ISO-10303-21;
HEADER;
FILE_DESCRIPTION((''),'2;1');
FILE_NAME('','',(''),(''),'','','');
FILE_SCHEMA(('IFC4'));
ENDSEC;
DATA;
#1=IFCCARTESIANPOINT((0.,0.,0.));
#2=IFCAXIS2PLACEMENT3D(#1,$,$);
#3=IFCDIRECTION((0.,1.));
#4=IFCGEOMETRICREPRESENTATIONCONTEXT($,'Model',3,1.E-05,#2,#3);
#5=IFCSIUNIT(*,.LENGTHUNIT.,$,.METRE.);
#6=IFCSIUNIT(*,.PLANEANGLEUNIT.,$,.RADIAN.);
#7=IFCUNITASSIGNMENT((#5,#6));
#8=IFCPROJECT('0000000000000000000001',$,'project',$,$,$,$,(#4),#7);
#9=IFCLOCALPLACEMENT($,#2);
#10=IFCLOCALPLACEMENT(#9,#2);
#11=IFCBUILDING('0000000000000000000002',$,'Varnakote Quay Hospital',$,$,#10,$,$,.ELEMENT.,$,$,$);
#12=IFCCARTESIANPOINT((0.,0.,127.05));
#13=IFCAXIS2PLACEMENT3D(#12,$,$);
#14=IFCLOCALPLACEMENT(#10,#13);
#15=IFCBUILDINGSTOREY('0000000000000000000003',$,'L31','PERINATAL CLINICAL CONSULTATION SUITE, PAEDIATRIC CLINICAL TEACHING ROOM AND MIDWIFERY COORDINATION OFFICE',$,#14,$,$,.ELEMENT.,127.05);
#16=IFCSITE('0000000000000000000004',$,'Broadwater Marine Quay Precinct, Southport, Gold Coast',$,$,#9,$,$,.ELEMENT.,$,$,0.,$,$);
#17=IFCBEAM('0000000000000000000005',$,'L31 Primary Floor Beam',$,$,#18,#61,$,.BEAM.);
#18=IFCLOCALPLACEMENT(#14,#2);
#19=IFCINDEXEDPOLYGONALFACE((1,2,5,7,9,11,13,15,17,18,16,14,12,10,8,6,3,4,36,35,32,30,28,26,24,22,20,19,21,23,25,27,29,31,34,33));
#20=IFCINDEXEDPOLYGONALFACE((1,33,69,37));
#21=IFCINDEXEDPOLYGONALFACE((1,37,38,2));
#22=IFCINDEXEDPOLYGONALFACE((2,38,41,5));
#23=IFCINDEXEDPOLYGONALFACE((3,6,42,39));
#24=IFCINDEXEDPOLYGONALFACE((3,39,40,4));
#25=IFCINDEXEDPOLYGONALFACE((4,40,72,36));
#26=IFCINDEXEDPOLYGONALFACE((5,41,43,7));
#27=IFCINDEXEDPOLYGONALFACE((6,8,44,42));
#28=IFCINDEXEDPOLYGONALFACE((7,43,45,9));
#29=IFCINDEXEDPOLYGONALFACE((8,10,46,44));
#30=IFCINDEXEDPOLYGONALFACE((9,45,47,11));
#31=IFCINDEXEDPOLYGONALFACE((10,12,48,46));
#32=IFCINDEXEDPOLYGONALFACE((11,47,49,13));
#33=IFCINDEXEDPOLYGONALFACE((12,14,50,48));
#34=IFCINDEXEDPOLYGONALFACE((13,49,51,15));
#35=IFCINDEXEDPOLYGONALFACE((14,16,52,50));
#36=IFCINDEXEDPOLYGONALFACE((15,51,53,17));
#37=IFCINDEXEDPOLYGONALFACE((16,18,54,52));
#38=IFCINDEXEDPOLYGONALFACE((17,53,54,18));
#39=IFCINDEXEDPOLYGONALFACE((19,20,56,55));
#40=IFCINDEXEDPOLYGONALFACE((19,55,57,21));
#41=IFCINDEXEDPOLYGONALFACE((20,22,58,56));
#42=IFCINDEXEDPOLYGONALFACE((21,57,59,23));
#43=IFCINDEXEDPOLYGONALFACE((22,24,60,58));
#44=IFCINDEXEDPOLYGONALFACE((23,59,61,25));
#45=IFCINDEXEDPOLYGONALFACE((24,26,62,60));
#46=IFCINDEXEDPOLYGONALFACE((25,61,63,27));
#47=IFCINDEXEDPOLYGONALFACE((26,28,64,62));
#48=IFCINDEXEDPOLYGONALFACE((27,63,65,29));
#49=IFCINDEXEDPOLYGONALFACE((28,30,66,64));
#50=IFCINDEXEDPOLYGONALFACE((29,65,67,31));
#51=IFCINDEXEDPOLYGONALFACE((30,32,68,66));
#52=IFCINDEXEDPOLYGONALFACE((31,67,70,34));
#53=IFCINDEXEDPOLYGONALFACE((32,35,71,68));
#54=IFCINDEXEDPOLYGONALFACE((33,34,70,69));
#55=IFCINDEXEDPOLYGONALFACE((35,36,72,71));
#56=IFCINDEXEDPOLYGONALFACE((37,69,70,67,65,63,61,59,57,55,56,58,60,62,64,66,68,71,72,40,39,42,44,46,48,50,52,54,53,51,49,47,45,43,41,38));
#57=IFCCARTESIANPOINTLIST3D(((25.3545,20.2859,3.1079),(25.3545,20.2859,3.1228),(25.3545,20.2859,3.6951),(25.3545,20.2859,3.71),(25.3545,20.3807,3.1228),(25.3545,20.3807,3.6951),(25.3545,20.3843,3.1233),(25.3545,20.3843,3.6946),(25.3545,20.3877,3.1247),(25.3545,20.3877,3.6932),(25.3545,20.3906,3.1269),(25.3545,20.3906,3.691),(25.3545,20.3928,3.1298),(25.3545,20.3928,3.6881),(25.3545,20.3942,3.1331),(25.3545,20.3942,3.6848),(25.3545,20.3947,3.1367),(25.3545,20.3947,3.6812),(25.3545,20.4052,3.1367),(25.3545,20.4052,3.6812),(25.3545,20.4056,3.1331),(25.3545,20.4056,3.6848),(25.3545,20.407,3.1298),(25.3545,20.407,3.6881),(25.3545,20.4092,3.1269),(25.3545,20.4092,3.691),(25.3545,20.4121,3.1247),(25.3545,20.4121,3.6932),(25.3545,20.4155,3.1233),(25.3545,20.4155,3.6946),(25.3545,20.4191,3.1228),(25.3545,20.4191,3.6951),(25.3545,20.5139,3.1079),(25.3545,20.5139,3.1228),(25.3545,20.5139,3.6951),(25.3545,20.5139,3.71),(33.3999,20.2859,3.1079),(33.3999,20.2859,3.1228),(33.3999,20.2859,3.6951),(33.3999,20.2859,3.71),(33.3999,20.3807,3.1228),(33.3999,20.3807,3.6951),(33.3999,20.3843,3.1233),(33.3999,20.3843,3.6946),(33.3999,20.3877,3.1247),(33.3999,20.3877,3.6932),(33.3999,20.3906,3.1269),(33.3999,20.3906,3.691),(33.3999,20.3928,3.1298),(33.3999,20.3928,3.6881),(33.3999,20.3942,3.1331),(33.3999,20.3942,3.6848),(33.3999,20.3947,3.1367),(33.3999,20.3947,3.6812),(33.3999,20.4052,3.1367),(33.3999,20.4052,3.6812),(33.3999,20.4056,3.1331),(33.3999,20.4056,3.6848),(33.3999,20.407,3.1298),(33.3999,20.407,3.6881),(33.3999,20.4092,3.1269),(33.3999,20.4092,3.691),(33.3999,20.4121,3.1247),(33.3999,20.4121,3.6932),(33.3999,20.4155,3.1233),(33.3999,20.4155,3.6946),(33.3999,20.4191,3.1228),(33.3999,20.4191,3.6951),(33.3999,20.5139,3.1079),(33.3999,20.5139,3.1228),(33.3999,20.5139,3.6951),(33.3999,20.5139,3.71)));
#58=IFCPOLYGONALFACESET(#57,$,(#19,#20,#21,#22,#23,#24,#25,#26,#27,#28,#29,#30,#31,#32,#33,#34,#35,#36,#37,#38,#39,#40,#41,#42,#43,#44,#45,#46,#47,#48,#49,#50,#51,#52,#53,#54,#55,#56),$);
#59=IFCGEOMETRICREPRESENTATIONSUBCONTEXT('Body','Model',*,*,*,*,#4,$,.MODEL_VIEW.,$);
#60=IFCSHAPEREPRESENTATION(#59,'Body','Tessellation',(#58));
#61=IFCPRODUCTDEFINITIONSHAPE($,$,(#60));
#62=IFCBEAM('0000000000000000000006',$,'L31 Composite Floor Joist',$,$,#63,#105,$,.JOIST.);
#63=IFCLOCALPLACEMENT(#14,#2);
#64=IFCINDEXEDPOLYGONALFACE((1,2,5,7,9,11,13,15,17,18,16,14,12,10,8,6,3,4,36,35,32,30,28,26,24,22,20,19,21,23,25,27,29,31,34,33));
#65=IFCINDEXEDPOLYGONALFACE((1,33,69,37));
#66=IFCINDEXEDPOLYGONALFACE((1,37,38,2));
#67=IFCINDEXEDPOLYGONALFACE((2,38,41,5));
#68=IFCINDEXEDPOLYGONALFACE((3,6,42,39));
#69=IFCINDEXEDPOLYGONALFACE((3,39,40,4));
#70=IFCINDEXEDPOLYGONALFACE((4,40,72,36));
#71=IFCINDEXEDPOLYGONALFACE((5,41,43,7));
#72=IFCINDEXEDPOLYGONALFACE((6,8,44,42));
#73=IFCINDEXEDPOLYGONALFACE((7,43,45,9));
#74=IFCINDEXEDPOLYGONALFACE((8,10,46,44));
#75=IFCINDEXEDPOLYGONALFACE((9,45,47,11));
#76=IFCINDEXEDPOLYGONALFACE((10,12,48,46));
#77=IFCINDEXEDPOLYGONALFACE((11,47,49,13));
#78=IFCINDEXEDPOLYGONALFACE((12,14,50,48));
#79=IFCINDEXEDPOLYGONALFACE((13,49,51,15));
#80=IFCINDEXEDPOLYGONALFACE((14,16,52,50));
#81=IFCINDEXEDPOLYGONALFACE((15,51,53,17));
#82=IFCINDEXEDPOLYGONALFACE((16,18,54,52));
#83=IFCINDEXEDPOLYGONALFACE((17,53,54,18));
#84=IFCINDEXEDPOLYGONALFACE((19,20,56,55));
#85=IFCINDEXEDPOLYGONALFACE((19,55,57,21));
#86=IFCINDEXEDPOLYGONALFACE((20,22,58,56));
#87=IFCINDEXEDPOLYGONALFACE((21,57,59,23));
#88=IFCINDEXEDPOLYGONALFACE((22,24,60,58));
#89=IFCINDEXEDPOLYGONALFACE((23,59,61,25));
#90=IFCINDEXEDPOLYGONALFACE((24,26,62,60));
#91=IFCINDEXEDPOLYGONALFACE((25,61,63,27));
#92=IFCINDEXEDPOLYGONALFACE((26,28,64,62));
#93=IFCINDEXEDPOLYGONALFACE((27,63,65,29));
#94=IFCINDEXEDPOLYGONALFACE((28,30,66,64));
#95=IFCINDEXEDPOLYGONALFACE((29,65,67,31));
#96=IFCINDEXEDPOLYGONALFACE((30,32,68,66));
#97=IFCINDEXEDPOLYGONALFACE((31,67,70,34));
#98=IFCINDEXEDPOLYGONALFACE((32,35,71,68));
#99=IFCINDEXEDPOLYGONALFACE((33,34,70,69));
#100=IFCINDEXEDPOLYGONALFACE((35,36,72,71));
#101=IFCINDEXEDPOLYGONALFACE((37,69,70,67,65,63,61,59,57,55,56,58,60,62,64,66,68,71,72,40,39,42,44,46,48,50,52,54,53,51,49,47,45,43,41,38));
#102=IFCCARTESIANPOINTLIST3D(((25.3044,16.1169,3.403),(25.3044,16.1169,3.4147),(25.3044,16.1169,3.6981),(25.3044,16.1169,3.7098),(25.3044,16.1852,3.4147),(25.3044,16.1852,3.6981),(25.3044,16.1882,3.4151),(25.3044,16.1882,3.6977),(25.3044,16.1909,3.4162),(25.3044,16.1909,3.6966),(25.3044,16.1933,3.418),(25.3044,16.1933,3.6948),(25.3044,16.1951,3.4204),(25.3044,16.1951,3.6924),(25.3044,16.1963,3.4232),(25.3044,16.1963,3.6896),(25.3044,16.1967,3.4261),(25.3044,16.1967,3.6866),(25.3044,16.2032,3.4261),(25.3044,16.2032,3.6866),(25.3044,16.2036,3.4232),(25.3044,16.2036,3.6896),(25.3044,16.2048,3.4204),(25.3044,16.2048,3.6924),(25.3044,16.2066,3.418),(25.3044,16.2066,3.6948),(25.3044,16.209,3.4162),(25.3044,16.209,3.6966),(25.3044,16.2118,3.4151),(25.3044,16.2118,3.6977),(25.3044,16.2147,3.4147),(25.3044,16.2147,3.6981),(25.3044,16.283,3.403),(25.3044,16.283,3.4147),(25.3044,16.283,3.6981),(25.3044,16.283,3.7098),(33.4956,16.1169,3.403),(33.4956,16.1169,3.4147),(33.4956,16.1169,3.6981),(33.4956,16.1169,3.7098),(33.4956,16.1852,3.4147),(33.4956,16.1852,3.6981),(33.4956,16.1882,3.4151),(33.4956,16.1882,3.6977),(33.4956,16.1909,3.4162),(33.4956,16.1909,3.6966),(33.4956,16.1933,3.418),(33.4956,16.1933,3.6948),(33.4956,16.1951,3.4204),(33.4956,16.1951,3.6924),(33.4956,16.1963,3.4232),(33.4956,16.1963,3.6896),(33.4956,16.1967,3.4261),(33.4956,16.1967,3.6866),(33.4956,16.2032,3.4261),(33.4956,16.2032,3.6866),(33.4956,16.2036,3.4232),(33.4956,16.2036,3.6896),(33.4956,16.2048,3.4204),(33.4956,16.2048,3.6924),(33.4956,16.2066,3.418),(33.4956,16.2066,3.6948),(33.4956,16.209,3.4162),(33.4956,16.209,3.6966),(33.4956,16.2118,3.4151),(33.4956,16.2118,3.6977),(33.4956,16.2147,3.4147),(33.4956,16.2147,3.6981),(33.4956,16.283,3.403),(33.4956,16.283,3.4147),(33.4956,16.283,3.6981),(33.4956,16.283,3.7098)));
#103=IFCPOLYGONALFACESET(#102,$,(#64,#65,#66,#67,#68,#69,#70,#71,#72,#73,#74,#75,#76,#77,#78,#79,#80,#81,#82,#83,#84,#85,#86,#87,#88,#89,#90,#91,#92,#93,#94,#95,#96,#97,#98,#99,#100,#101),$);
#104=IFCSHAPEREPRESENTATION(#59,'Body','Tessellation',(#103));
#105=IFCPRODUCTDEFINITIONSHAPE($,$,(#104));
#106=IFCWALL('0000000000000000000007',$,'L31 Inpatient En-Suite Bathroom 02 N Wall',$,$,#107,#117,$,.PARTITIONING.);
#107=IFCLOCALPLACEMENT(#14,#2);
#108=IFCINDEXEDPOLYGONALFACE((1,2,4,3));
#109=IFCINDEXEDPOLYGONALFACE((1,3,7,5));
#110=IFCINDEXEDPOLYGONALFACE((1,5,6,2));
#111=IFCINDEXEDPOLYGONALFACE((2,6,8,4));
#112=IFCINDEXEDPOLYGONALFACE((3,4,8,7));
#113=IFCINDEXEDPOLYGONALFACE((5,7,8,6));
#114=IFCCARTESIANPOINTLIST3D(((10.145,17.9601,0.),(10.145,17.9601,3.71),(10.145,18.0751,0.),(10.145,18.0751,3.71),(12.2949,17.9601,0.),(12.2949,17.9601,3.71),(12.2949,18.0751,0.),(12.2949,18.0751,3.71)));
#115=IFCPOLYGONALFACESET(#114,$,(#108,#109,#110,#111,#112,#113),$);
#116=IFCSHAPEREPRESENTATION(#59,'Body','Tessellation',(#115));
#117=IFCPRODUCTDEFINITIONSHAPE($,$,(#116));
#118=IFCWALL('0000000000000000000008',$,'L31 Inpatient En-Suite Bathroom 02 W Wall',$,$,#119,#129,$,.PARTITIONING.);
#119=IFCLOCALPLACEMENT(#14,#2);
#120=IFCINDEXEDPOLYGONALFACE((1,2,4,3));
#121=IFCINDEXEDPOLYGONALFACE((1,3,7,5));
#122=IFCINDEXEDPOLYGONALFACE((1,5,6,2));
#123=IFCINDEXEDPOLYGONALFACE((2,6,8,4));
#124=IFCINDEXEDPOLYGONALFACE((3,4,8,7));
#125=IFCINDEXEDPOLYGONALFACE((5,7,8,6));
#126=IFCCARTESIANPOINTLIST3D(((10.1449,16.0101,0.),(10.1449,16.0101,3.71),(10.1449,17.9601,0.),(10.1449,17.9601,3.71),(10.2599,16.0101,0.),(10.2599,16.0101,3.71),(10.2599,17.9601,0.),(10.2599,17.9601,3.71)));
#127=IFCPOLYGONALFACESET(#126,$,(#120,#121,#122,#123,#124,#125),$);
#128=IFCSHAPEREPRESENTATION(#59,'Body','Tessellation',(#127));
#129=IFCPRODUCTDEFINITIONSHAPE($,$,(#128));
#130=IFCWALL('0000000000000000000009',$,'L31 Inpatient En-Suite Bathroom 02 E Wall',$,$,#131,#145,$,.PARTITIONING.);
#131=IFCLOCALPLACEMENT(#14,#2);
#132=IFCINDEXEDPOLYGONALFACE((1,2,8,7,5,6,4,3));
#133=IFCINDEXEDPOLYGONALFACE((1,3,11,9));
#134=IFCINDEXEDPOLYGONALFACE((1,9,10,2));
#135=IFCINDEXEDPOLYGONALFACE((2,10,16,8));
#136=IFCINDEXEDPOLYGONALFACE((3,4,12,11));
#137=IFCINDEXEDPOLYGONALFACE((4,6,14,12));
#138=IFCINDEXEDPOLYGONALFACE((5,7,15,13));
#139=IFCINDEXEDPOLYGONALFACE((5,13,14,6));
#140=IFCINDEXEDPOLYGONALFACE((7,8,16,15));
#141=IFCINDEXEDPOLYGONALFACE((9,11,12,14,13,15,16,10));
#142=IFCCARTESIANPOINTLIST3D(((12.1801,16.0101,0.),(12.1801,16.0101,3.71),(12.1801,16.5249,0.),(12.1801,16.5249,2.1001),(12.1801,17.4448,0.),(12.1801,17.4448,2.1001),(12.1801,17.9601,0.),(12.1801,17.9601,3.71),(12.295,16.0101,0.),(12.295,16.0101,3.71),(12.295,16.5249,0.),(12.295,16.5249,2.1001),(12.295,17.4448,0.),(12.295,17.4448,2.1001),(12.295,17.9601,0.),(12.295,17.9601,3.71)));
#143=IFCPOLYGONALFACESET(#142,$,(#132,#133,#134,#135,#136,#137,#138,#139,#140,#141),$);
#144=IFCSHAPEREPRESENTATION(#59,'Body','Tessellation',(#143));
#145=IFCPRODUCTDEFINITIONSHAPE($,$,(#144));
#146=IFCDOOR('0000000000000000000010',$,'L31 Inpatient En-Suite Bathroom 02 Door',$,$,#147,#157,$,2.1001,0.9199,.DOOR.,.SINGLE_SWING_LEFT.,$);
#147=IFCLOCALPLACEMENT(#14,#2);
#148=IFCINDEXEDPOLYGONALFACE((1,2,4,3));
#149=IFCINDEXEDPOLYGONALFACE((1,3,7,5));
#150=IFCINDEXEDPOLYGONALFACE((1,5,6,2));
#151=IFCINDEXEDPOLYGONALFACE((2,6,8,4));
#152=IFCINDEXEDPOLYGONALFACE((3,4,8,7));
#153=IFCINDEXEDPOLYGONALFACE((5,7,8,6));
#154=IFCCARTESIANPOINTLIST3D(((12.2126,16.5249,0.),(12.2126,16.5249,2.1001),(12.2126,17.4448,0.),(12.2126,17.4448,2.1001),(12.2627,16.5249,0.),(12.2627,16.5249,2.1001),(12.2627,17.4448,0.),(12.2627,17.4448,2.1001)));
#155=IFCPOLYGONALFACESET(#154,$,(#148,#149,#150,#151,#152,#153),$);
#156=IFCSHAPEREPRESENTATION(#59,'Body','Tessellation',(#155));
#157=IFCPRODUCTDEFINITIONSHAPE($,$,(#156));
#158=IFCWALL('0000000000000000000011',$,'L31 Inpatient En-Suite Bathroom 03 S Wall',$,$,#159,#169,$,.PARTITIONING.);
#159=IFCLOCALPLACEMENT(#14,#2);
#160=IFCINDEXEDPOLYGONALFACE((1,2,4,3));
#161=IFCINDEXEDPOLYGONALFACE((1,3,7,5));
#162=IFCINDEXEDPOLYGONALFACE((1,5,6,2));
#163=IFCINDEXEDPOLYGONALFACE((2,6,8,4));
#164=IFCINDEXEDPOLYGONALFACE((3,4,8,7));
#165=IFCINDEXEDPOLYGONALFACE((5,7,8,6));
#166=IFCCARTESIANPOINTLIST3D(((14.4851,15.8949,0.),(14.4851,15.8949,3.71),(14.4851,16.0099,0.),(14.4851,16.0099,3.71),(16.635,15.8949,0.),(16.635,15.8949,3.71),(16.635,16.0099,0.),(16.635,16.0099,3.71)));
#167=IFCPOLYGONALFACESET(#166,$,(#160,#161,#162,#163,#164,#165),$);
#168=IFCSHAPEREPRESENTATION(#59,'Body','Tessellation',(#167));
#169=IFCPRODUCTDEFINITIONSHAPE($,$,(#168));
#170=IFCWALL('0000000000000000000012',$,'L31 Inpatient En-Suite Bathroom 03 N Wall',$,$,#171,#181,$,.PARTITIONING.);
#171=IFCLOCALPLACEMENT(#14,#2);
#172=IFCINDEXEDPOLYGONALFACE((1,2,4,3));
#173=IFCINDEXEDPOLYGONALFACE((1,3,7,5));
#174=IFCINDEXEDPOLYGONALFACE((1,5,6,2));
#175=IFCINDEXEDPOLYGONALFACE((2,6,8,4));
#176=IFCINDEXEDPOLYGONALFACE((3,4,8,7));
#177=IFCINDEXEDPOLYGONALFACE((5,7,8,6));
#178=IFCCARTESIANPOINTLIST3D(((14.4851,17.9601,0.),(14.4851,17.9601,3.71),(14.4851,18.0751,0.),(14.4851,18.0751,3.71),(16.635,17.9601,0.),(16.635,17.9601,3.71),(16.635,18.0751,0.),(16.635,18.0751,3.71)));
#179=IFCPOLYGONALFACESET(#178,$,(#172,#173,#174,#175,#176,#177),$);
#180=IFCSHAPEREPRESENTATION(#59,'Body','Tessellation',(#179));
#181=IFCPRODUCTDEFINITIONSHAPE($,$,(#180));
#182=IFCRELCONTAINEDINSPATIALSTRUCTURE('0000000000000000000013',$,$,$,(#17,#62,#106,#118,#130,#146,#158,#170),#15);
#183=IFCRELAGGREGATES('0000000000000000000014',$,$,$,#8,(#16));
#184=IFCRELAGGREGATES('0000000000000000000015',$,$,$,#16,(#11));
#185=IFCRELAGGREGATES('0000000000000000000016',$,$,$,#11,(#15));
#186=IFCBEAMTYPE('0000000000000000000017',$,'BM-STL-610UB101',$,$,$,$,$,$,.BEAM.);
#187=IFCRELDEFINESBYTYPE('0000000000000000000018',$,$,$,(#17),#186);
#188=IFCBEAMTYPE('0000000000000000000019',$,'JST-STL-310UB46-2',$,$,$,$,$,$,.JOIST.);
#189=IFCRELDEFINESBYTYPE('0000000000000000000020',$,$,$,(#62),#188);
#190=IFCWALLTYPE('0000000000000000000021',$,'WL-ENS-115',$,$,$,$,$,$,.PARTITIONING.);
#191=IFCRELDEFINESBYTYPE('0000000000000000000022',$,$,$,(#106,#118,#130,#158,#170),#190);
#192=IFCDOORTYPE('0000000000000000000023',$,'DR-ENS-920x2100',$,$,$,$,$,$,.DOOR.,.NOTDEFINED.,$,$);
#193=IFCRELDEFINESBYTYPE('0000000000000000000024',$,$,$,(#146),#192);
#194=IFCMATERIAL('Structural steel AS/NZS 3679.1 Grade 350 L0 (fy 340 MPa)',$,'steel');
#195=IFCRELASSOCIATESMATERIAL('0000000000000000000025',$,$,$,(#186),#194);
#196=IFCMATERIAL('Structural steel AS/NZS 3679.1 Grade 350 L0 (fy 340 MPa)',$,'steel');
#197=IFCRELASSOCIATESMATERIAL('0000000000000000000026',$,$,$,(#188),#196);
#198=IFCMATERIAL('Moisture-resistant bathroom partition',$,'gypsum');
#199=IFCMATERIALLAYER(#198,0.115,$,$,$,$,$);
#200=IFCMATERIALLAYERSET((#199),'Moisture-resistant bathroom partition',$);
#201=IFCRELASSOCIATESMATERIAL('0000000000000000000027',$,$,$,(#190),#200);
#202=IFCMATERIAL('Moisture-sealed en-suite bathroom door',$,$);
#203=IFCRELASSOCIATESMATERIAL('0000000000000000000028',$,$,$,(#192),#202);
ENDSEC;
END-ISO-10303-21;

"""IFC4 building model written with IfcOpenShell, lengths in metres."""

from ifc_helpers import new_model, si_unit, direction, frame, frame_2d, origin, origin_2d, place, context, subcontext, project, spatial, rectangle, i_section, extrude, material, layer, layer_set, material_profile, profile_set, type_object, element, fill, save


model = new_model("IFC4")

# Units and contexts
model_context = context("Model", 3, precision=1e-05, world=origin(), true_north=direction((0.0, 1.0)))
body_context = subcontext(model_context, "Body", "Model", "MODEL_VIEW")
ifc_project = project(units=[si_unit("LENGTHUNIT", "METRE"), si_unit("PLANEANGLEUNIT", "RADIAN")], contexts=[model_context])

# Site, building, storey
site_placement = place(None, origin())
site = spatial("IfcSite", under=ifc_project, at=site_placement, Name="Broadwater Marine Quay Precinct, Southport, Gold Coast", CompositionType="ELEMENT", RefElevation=0.0)
building_placement = place(site_placement, origin())
building = spatial("IfcBuilding", under=site, at=building_placement, Name="Varnakote Quay Hospital", CompositionType="ELEMENT")
storey_placement = place(building_placement, frame((0.0, 0.0, 127.05)))
storey = spatial("IfcBuildingStorey", under=building, at=storey_placement, Name="L31", Description="PERINATAL CLINICAL CONSULTATION SUITE, PAEDIATRIC CLINICAL TEACHING ROOM AND MIDWIFERY COORDINATION OFFICE", CompositionType="ELEMENT", Elevation=127.05)

# Beams
ifc_material_1 = material(Name="Structural steel AS/NZS 3679.1 Grade 350 L0 (fy 340 MPa)", Category="steel")
ifc_material_profile_1 = material_profile(ifc_material_1, i_section(OverallWidth=0.228, OverallDepth=0.6021, WebThickness=0.0105, FlangeThickness=0.0149, FilletRadius=0.0139, at=origin_2d()), Name="610UB101")
ifc_profile_set_1 = profile_set([ifc_material_profile_1], Name="Structural steel AS/NZS 3679.1 Grade 350 L0 (fy 340 MPa)")
beam_type_1 = type_object("IfcBeamType", Name="BM-STL-610UB101", PredefinedType="BEAM", material=ifc_profile_set_1)
for number, where, z_axis, x_axis, name in (
    (1, (25.3545, 20.3999, 3.4089), (1.0, 0.0, 0.0), (0.0, 1.0, 0.0), "L31 Primary Floor Beam"),
):
    element("IfcBeam", number, at=place(storey_placement, frame(where, z_axis=z_axis, x_axis=x_axis)), inside=storey, type_object=beam_type_1, Name=name, PredefinedType="BEAM", context=body_context, shape_type="SweptSolid", body=[
        extrude(i_section(OverallWidth=0.228, OverallDepth=0.6021, WebThickness=0.0105, FlangeThickness=0.0149, FilletRadius=0.0139, at=origin_2d()), origin(), (0.0, 0.0, 1.0), 8.0454),
    ])
ifc_material_2 = material(Name="Structural steel AS/NZS 3679.1 Grade 350 L0 (fy 340 MPa)", Category="steel")
ifc_material_profile_2 = material_profile(ifc_material_2, i_section(OverallWidth=0.166, OverallDepth=0.3069, WebThickness=0.0066, FlangeThickness=0.0117, FilletRadius=0.0115, at=origin_2d()), Name="310UB46.2")
ifc_profile_set_2 = profile_set([ifc_material_profile_2], Name="Structural steel AS/NZS 3679.1 Grade 350 L0 (fy 340 MPa)")
beam_type_2 = type_object("IfcBeamType", Name="JST-STL-310UB46-2", PredefinedType="JOIST", material=ifc_profile_set_2)
beam_1_placement = place(storey_placement, frame((25.3044, 16.2, 3.5564), z_axis=(1.0, 0.0, 0.0), x_axis=(0.0, 1.0, 0.0)))
element("IfcBeam", 2, at=beam_1_placement, inside=storey, type_object=beam_type_2, Name="L31 Composite Floor Joist", PredefinedType="JOIST", context=body_context, shape_type="SweptSolid", body=[
    extrude(i_section(OverallWidth=0.166, OverallDepth=0.3069, WebThickness=0.0066, FlangeThickness=0.0117, FilletRadius=0.0115, at=origin_2d()), origin(), (0.0, 0.0, 1.0), 8.1912),
])

# Walls
ifc_material_3 = material(Name="Moisture-resistant bathroom partition", Category="gypsum")
ifc_layer_1 = layer(ifc_material_3, 0.115)
ifc_layer_set_1 = layer_set([ifc_layer_1], Name="Moisture-resistant bathroom partition")
wall_type_1 = type_object("IfcWallType", Name="WL-ENS-115", PredefinedType="PARTITIONING", material=ifc_layer_set_1)
wall_1_placement = place(storey_placement, frame((10.145, 18.0176, 0.0), z_axis=(0.0, 0.0, 1.0), x_axis=(1.0, 0.0, 0.0)))
element("IfcWall", 3, at=wall_1_placement, inside=storey, type_object=wall_type_1, Name="L31 Inpatient En-Suite Bathroom 02 N Wall", PredefinedType="PARTITIONING", context=body_context, shape_type="SweptSolid", body=[
    extrude(rectangle(XDim=2.1499, YDim=0.115, at=frame_2d((1.075, 0.0))), origin(), (0.0, 0.0, 1.0), 3.71),
])
wall_2_placement = place(storey_placement, frame((10.2024, 16.01, 0.0), z_axis=(0.0, 0.0, 1.0), x_axis=(0.0, 1.0, 0.0)))
element("IfcWall", 4, at=wall_2_placement, inside=storey, type_object=wall_type_1, Name="L31 Inpatient En-Suite Bathroom 02 W Wall", PredefinedType="PARTITIONING", context=body_context, shape_type="SweptSolid", body=[
    extrude(rectangle(XDim=1.95, YDim=0.115, at=frame_2d((0.9751, 0.0))), origin(), (0.0, 0.0, 1.0), 3.71),
])

# Wall, opening, door
wall_3_placement = place(storey_placement, frame((12.2375, 16.01, 0.0), z_axis=(0.0, 0.0, 1.0), x_axis=(0.0, 1.0, 0.0)))
wall_3 = element("IfcWall", 5, at=wall_3_placement, inside=storey, type_object=wall_type_1, Name="L31 Inpatient En-Suite Bathroom 02 E Wall", PredefinedType="PARTITIONING", context=body_context, shape_type="SweptSolid", body=[
    extrude(rectangle(XDim=1.95, YDim=0.115, at=frame_2d((0.9751, 0.0))), origin(), (0.0, 0.0, 1.0), 3.71),
])
opening_1_placement = place(wall_3_placement, frame((0.5149, 0.0, 0.0)))
opening_1 = element("IfcOpeningElement", 6, at=opening_1_placement, cuts=wall_3, PredefinedType="OPENING", context=body_context, shape_type="SweptSolid", body=[
    extrude(rectangle(XDim=0.9199, YDim=2.1001, at=frame_2d((0.46, 1.05))), frame((0.0, 0.0674, 0.0), z_axis=(0.0, -1.0, 0.0), x_axis=(1.0, 0.0, 0.0)), (0.0, 0.0, 1.0), 0.135),
])
ifc_material_4 = material(Name="Moisture-sealed en-suite bathroom door")
door_type_1 = type_object("IfcDoorType", Name="DR-ENS-920x2100", OperationType="NOTDEFINED", PredefinedType="DOOR", material=ifc_material_4)
door_1_placement = place(opening_1_placement, origin())
door_1 = element("IfcDoor", 7, at=door_1_placement, inside=storey, type_object=door_type_1, Name="L31 Inpatient En-Suite Bathroom 02 Door", OperationType="SINGLE_SWING_LEFT", OverallHeight=2.1001, OverallWidth=0.9199, PredefinedType="DOOR", context=body_context, shape_type="SweptSolid", body=[
    extrude(rectangle(XDim=0.9199, YDim=2.1001, at=frame_2d((0.46, 1.05))), frame((0.0, 0.0249, 0.0), z_axis=(0.0, -1.0, 0.0), x_axis=(1.0, 0.0, 0.0)), (0.0, 0.0, 1.0), 0.05),
])
fill(opening_1, door_1)

# Walls
for number, where, z_axis, x_axis, name in (
    (8, (14.4851, 15.9524, 0.0), (0.0, 0.0, 1.0), (1.0, 0.0, 0.0), "L31 Inpatient En-Suite Bathroom 03 S Wall"),
    (9, (14.4851, 18.0176, 0.0), (0.0, 0.0, 1.0), (1.0, 0.0, 0.0), "L31 Inpatient En-Suite Bathroom 03 N Wall"),
):
    element("IfcWall", number, at=place(storey_placement, frame(where, z_axis=z_axis, x_axis=x_axis)), inside=storey, type_object=wall_type_1, Name=name, PredefinedType="PARTITIONING", context=body_context, shape_type="SweptSolid", body=[
        extrude(rectangle(XDim=2.1499, YDim=0.115, at=frame_2d((1.075, 0.0))), origin(), (0.0, 0.0, 1.0), 3.71),
    ])

save(model, "model.ifc")
